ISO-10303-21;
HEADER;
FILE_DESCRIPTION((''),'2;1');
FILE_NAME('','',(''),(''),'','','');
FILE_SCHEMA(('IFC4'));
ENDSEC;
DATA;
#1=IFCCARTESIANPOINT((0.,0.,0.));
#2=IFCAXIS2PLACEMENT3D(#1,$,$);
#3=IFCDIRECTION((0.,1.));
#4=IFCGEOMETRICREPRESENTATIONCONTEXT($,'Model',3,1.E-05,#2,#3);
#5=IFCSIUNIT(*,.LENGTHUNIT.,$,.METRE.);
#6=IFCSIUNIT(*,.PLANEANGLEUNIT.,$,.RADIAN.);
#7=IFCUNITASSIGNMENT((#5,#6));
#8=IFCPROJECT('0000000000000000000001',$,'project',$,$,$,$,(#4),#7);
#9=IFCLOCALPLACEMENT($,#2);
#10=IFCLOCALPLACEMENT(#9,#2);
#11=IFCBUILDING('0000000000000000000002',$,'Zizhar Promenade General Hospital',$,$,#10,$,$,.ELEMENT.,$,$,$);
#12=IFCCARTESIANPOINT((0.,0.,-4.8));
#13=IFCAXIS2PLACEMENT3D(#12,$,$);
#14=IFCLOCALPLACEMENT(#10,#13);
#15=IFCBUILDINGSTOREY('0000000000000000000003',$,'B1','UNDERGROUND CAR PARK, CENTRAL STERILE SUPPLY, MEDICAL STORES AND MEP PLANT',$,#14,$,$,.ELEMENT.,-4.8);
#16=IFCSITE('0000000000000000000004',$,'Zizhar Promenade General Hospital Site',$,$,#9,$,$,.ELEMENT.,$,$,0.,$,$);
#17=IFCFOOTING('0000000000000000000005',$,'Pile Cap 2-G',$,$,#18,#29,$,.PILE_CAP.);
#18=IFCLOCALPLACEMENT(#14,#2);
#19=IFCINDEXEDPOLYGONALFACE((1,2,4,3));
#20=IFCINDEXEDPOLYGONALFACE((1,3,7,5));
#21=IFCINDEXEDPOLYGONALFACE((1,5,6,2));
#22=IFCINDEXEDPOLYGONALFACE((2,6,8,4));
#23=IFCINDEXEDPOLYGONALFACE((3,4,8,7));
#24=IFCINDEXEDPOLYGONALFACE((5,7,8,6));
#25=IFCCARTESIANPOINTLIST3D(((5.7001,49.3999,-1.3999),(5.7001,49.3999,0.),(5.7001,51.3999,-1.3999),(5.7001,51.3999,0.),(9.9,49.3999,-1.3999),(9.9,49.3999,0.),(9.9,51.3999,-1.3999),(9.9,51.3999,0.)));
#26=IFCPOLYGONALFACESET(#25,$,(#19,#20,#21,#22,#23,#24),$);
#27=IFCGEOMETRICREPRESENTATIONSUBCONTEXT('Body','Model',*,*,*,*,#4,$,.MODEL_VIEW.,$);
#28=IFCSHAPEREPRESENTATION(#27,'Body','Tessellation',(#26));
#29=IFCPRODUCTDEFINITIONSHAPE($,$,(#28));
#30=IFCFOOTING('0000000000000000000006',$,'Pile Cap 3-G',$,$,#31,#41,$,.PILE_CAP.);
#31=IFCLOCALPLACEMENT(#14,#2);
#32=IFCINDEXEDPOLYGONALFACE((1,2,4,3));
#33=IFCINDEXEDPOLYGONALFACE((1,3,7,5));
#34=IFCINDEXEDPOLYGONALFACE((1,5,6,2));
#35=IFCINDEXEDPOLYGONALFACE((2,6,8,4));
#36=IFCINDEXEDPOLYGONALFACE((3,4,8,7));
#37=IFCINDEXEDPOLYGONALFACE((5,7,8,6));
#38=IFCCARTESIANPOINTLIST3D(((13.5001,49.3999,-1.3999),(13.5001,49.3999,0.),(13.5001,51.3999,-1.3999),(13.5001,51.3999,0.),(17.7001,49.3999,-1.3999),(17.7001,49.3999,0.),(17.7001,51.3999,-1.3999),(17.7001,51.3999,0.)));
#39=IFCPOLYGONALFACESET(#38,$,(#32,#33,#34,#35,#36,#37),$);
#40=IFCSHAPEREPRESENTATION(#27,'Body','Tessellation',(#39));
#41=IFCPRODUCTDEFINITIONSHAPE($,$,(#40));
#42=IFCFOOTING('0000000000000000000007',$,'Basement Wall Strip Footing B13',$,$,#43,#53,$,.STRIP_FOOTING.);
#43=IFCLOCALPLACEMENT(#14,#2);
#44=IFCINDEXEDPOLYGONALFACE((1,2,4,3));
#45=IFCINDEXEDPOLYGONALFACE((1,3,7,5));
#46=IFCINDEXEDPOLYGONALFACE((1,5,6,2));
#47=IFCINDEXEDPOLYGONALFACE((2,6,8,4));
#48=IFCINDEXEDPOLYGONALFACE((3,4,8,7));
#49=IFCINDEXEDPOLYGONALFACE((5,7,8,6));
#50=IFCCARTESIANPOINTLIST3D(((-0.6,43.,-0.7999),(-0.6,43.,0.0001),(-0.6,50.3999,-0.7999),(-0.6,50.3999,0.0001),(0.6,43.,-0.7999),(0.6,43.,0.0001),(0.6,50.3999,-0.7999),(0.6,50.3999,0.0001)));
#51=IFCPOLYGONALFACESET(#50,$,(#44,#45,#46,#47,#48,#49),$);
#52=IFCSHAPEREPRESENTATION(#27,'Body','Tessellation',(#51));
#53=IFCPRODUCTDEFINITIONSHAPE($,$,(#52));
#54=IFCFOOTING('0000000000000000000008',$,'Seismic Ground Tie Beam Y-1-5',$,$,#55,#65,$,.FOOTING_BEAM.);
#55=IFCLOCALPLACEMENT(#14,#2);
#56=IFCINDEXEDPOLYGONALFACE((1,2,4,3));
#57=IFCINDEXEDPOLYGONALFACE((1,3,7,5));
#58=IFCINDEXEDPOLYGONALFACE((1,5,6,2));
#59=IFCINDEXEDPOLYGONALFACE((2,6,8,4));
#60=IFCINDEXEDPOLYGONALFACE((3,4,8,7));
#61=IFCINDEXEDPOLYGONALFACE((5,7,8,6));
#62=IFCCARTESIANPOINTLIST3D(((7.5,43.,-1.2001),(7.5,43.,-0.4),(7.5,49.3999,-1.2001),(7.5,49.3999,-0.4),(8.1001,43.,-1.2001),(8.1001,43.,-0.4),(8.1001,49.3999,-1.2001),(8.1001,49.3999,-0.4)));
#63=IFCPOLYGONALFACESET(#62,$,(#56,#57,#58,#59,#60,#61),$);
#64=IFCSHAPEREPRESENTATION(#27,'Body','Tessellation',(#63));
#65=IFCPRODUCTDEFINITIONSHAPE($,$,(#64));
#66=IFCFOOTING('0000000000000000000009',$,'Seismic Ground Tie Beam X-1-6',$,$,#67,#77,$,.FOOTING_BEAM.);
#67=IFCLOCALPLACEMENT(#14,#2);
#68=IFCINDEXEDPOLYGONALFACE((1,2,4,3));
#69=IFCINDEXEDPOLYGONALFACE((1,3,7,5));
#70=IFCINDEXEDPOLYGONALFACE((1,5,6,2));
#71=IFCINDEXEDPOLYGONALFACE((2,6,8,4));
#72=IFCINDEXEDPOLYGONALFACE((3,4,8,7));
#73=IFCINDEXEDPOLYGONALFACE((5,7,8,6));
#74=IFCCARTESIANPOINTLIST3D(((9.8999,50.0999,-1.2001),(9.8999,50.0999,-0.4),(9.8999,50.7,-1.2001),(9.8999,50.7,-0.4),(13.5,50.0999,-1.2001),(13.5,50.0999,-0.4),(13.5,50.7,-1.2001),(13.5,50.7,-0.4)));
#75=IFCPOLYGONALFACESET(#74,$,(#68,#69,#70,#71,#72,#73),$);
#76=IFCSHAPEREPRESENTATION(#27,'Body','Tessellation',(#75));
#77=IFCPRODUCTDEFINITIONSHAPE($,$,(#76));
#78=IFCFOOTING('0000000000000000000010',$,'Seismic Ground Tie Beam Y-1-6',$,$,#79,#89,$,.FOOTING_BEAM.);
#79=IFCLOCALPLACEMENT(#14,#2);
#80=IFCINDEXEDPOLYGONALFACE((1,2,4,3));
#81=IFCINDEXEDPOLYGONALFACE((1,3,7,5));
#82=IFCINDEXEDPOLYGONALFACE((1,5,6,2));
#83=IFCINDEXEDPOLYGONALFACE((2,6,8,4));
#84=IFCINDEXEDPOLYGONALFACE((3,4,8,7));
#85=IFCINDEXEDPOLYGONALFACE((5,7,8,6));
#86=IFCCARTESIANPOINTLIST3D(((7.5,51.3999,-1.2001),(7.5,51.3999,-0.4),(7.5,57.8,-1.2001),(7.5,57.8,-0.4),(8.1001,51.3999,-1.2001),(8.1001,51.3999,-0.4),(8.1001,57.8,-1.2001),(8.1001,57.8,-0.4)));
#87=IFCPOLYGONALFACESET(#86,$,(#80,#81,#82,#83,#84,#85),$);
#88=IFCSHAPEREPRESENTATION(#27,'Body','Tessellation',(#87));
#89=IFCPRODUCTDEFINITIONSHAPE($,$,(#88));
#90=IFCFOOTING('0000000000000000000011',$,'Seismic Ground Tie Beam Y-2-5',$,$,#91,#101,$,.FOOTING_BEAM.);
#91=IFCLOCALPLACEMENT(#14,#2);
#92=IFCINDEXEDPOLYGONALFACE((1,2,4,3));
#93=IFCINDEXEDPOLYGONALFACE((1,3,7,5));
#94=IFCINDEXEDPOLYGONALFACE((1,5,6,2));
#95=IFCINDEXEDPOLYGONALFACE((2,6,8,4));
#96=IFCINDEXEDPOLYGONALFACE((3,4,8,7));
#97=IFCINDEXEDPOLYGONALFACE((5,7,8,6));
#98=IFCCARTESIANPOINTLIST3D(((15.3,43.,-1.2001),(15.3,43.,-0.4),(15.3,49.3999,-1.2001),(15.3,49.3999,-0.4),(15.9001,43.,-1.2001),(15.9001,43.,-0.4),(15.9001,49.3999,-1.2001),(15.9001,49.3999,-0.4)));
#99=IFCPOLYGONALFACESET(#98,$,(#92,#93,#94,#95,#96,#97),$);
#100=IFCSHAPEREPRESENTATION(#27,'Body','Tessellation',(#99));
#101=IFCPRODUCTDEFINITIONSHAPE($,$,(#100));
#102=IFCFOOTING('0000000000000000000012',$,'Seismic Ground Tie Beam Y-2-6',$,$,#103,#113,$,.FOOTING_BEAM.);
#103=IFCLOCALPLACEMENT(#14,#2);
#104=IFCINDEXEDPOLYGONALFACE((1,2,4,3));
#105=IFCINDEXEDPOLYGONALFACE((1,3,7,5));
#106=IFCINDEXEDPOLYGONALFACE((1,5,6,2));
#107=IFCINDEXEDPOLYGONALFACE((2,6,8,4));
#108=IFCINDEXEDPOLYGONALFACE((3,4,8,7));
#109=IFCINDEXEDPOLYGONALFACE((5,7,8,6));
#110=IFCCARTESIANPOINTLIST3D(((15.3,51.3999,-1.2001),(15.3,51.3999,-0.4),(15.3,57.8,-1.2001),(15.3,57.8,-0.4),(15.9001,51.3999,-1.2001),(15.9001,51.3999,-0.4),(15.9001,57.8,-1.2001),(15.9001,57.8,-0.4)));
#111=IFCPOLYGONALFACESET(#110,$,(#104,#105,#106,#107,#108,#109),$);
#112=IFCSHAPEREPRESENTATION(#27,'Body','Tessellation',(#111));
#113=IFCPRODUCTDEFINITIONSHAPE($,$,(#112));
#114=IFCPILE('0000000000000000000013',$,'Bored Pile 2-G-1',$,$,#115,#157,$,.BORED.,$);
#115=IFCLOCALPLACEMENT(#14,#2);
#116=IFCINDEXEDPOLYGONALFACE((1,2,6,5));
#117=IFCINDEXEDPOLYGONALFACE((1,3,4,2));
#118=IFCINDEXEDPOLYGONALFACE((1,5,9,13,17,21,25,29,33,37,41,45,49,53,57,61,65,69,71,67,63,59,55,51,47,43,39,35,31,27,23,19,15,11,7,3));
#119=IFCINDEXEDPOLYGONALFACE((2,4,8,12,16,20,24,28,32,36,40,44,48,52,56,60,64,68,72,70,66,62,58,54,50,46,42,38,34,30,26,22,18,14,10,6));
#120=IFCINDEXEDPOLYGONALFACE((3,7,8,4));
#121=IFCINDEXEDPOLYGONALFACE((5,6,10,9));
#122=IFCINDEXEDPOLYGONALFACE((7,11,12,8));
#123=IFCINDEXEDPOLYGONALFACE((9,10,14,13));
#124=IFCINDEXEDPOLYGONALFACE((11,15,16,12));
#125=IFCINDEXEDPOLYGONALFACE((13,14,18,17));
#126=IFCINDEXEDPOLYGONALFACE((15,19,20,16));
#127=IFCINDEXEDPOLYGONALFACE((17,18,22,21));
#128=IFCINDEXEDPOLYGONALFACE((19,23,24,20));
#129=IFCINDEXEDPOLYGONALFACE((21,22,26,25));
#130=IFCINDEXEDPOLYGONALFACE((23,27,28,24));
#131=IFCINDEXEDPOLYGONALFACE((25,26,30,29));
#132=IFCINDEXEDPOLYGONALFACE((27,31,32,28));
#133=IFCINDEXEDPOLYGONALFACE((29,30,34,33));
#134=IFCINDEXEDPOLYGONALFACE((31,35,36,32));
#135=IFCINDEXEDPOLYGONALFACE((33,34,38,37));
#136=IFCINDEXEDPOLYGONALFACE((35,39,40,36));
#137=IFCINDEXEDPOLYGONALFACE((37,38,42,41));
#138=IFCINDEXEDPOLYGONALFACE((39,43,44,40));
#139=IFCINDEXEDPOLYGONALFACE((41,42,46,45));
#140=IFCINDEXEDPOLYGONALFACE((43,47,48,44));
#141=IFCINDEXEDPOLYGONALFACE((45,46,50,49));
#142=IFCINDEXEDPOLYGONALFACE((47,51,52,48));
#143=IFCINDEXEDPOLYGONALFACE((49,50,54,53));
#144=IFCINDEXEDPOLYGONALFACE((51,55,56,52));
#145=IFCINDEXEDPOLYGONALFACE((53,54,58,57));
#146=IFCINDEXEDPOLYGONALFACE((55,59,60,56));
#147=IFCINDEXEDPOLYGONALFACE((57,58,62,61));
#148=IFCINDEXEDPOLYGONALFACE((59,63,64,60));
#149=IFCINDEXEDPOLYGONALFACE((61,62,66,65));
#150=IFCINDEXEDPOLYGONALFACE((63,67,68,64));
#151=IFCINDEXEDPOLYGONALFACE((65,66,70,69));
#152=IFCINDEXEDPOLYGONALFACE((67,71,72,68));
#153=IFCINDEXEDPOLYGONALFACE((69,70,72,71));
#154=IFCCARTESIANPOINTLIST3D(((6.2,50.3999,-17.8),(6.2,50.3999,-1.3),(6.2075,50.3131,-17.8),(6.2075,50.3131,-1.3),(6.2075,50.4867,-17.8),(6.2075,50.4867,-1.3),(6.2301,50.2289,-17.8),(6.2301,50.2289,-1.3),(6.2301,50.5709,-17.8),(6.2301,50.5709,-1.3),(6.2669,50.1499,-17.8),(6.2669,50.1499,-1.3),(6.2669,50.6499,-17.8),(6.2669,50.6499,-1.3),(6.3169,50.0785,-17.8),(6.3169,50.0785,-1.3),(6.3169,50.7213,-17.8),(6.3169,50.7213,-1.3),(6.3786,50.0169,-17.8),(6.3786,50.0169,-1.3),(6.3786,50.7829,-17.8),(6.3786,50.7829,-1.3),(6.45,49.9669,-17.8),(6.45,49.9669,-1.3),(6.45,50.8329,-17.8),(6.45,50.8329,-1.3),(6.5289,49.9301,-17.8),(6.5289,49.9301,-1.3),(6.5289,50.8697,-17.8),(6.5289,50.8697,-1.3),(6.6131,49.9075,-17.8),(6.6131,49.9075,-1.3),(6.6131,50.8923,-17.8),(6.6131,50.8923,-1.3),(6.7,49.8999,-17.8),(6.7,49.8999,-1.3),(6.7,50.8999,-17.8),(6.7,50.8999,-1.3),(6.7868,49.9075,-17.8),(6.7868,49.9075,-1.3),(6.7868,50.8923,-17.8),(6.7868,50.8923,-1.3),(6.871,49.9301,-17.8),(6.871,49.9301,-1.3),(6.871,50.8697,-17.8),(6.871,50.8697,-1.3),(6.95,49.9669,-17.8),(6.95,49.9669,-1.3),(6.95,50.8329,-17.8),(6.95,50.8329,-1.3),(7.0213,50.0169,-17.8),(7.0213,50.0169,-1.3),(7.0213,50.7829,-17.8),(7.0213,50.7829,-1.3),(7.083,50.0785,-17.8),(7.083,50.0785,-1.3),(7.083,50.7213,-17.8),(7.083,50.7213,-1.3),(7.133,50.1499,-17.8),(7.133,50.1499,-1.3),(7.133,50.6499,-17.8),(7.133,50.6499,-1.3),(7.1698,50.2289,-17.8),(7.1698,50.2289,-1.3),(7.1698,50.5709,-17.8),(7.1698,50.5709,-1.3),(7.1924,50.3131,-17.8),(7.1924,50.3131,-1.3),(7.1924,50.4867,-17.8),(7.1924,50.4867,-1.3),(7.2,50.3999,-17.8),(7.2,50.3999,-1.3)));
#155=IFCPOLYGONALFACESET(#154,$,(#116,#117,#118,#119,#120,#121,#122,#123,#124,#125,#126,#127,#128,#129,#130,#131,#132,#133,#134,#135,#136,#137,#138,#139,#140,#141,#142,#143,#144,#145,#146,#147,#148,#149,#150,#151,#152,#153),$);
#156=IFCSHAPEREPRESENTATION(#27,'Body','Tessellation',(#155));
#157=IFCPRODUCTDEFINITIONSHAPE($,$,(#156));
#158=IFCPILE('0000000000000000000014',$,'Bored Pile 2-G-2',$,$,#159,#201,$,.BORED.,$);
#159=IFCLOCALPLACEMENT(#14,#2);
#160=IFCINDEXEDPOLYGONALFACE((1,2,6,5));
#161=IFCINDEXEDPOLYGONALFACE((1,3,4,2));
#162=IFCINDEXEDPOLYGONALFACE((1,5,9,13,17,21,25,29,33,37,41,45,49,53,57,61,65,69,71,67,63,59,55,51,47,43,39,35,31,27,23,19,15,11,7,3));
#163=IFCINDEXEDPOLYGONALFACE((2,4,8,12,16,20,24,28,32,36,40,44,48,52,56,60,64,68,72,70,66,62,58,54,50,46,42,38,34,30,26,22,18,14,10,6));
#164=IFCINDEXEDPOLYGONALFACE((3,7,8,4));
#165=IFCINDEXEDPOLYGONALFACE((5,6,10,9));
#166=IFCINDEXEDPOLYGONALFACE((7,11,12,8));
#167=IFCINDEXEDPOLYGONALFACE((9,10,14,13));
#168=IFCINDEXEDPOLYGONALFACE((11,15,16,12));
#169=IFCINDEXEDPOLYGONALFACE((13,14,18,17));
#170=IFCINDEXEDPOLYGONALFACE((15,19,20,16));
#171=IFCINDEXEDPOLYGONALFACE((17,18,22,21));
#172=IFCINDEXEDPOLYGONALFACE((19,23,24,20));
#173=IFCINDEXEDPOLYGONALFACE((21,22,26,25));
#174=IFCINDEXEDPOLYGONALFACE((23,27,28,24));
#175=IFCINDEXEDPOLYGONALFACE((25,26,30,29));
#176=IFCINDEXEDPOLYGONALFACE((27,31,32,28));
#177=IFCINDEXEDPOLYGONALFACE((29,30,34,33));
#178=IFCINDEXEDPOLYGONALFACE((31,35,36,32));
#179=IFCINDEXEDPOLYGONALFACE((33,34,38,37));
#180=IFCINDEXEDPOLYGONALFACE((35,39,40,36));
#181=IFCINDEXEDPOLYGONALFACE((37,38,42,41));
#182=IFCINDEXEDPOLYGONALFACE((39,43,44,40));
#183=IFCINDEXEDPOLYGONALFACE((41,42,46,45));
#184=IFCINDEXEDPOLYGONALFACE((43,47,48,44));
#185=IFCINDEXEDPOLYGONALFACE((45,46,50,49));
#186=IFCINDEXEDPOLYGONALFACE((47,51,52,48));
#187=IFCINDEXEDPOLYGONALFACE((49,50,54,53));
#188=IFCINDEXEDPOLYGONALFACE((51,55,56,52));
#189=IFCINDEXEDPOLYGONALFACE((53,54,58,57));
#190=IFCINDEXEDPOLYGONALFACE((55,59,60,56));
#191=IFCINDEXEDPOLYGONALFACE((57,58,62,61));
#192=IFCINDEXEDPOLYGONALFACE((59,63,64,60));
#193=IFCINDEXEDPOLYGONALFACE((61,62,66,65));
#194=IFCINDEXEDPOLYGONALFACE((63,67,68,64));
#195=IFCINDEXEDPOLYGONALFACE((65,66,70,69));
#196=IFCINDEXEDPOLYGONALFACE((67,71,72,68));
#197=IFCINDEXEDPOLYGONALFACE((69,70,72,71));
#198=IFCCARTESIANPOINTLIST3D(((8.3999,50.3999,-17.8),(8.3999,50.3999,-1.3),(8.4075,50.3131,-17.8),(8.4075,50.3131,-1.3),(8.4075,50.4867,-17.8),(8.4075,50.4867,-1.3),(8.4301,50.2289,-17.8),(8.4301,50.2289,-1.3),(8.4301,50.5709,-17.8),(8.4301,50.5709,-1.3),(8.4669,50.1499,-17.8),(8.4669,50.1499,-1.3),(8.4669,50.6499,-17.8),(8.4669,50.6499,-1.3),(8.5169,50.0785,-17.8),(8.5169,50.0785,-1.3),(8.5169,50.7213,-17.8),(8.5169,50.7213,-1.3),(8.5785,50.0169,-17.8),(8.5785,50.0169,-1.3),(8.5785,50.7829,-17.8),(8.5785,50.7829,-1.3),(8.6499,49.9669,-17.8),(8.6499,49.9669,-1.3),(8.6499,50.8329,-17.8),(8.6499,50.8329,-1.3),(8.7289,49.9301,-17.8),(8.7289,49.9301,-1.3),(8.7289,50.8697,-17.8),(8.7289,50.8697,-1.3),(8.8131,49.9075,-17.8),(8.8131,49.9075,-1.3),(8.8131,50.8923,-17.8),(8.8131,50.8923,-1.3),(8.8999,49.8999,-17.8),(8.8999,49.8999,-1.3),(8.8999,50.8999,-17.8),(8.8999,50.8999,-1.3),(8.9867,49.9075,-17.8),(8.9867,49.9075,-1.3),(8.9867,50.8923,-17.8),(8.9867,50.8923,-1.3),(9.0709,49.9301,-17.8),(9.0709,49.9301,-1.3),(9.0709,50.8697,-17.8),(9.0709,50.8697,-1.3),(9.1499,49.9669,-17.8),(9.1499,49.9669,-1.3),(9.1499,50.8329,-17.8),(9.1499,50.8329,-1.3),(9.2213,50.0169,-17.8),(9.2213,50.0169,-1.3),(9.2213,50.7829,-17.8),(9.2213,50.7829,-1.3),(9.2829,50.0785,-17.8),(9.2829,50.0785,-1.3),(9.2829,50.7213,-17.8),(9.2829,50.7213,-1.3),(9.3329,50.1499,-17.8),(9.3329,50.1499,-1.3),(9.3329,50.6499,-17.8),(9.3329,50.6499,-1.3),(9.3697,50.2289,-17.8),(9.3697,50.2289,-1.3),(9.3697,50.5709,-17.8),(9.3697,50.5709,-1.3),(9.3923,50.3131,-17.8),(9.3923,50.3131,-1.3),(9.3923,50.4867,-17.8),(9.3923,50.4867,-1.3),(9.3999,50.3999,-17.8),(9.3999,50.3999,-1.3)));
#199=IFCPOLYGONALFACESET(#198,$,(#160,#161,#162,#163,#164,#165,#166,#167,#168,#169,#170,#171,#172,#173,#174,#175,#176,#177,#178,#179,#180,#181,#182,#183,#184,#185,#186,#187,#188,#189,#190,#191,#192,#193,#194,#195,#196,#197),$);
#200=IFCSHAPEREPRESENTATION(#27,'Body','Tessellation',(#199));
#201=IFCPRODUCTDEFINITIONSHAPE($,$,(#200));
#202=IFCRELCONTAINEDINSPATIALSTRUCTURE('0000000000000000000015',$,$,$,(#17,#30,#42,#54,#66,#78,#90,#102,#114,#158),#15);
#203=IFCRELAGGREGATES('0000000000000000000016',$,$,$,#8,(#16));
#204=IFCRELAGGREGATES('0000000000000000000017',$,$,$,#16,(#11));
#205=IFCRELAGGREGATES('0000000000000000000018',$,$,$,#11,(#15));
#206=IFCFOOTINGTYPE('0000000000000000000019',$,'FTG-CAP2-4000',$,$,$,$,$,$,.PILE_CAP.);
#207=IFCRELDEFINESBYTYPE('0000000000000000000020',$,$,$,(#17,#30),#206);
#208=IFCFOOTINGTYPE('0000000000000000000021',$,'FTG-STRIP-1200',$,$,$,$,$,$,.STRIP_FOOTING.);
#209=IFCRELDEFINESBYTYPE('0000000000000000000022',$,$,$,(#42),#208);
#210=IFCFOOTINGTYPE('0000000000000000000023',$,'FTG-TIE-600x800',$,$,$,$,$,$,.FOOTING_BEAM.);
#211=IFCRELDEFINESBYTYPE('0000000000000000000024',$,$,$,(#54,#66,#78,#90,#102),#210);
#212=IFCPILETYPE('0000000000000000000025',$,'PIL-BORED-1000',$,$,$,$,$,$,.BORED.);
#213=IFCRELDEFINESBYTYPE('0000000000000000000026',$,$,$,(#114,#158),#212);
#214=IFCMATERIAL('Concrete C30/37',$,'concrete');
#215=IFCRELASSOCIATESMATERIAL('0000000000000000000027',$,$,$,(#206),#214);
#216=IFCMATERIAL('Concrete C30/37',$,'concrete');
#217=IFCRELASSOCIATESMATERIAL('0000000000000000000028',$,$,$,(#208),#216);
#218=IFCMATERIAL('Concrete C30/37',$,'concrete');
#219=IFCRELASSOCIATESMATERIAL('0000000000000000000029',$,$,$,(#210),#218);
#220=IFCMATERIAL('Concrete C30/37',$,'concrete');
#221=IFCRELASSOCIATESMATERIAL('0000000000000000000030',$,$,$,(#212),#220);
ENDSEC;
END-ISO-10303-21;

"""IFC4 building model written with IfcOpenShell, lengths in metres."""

from ifc_helpers import new_model, si_unit, direction, frame, origin, origin_2d, place, context, subcontext, project, spatial, rectangle, circle, extrude, material, material_profile, profile_set, type_object, element, save


model = new_model("IFC4")

# Units and contexts
model_context = context("Model", 3, precision=1e-05, world=origin(), true_north=direction((0.0, 1.0)))
body_context = subcontext(model_context, "Body", "Model", "MODEL_VIEW")
ifc_project = project(units=[si_unit("LENGTHUNIT", "METRE"), si_unit("PLANEANGLEUNIT", "RADIAN")], contexts=[model_context])

# Site, building, storey
site_placement = place(None, origin())
site = spatial("IfcSite", under=ifc_project, at=site_placement, Name="Zizhar Promenade General Hospital Site", CompositionType="ELEMENT", RefElevation=0.0)
building_placement = place(site_placement, origin())
building = spatial("IfcBuilding", under=site, at=building_placement, Name="Zizhar Promenade General Hospital", CompositionType="ELEMENT")
storey_placement = place(building_placement, frame((0.0, 0.0, -4.8)))
storey = spatial("IfcBuildingStorey", under=building, at=storey_placement, Name="B1", Description="UNDERGROUND CAR PARK, CENTRAL STERILE SUPPLY, MEDICAL STORES AND MEP PLANT", CompositionType="ELEMENT", Elevation=-4.8)

# Footings
ifc_material_1 = material(Name="Concrete C30/37", Category="concrete")
footing_type_1 = type_object("IfcFootingType", Name="FTG-CAP2-4000", PredefinedType="PILE_CAP", material=ifc_material_1)
for number, where, z_axis, x_axis, name in (
    (1, (7.8, 50.3999, -1.3999), (0.0, 0.0, 1.0), (1.0, 0.0, 0.0), "Pile Cap 2-G"),
    (2, (15.6001, 50.3999, -1.3999), (0.0, 0.0, 1.0), (1.0, 0.0, 0.0), "Pile Cap 3-G"),
):
    element("IfcFooting", number, at=place(storey_placement, frame(where, z_axis=z_axis, x_axis=x_axis)), inside=storey, type_object=footing_type_1, Name=name, PredefinedType="PILE_CAP", context=body_context, shape_type="SweptSolid", body=[
        extrude(rectangle(XDim=4.2, YDim=2.0, at=origin_2d()), origin(), (0.0, 0.0, 1.0), 1.3999),
    ])
ifc_material_2 = material(Name="Concrete C30/37", Category="concrete")
ifc_material_profile_1 = material_profile(ifc_material_2, rectangle(XDim=1.2, YDim=0.8, at=origin_2d()))
ifc_profile_set_1 = profile_set([ifc_material_profile_1], Name="Concrete C30/37")
footing_type_2 = type_object("IfcFootingType", Name="FTG-STRIP-1200", PredefinedType="STRIP_FOOTING", material=ifc_profile_set_1)
footing_1_placement = place(storey_placement, frame((0.0, 50.3999, -0.3999), z_axis=(0.0, -1.0, 0.0), x_axis=(1.0, 0.0, 0.0)))
element("IfcFooting", 3, at=footing_1_placement, inside=storey, type_object=footing_type_2, Name="Basement Wall Strip Footing B13", PredefinedType="STRIP_FOOTING", context=body_context, shape_type="SweptSolid", body=[
    extrude(rectangle(XDim=1.2, YDim=0.8, at=origin_2d()), origin(), (0.0, 0.0, 1.0), 7.3999),
])
ifc_material_3 = material(Name="Concrete C30/37", Category="concrete")
ifc_material_profile_2 = material_profile(ifc_material_3, rectangle(XDim=0.6001, YDim=0.8, at=origin_2d()))
ifc_profile_set_2 = profile_set([ifc_material_profile_2], Name="Concrete C30/37")
footing_type_3 = type_object("IfcFootingType", Name="FTG-TIE-600x800", PredefinedType="FOOTING_BEAM", material=ifc_profile_set_2)
footing_2_placement = place(storey_placement, frame((7.8, 43.0, -0.8), z_axis=(0.0, 1.0, 0.0), x_axis=(-1.0, 0.0, 0.0)))
element("IfcFooting", 4, at=footing_2_placement, inside=storey, type_object=footing_type_3, Name="Seismic Ground Tie Beam Y-1-5", PredefinedType="FOOTING_BEAM", context=body_context, shape_type="SweptSolid", body=[
    extrude(rectangle(XDim=0.6001, YDim=0.8, at=origin_2d()), origin(), (0.0, 0.0, 1.0), 6.3999),
])
footing_3_placement = place(storey_placement, frame((9.8999, 50.3999, -0.8), z_axis=(1.0, 0.0, 0.0), x_axis=(0.0, 1.0, 0.0)))
element("IfcFooting", 5, at=footing_3_placement, inside=storey, type_object=footing_type_3, Name="Seismic Ground Tie Beam X-1-6", PredefinedType="FOOTING_BEAM", context=body_context, shape_type="SweptSolid", body=[
    extrude(rectangle(XDim=0.6001, YDim=0.8, at=origin_2d()), origin(), (0.0, 0.0, 1.0), 3.6001),
])
footing_4_placement = place(storey_placement, frame((7.8, 51.3999, -0.8), z_axis=(0.0, 1.0, 0.0), x_axis=(-1.0, 0.0, 0.0)))
element("IfcFooting", 6, at=footing_4_placement, inside=storey, type_object=footing_type_3, Name="Seismic Ground Tie Beam Y-1-6", PredefinedType="FOOTING_BEAM", context=body_context, shape_type="SweptSolid", body=[
    extrude(rectangle(XDim=0.6001, YDim=0.8, at=origin_2d()), origin(), (0.0, 0.0, 1.0), 6.4001),
])
footing_5_placement = place(storey_placement, frame((15.6001, 43.0, -0.8), z_axis=(0.0, 1.0, 0.0), x_axis=(-1.0, 0.0, 0.0)))
element("IfcFooting", 7, at=footing_5_placement, inside=storey, type_object=footing_type_3, Name="Seismic Ground Tie Beam Y-2-5", PredefinedType="FOOTING_BEAM", context=body_context, shape_type="SweptSolid", body=[
    extrude(rectangle(XDim=0.6001, YDim=0.8, at=origin_2d()), origin(), (0.0, 0.0, 1.0), 6.3999),
])
footing_6_placement = place(storey_placement, frame((15.6001, 51.3999, -0.8), z_axis=(0.0, 1.0, 0.0), x_axis=(-1.0, 0.0, 0.0)))
element("IfcFooting", 8, at=footing_6_placement, inside=storey, type_object=footing_type_3, Name="Seismic Ground Tie Beam Y-2-6", PredefinedType="FOOTING_BEAM", context=body_context, shape_type="SweptSolid", body=[
    extrude(rectangle(XDim=0.6001, YDim=0.8, at=origin_2d()), origin(), (0.0, 0.0, 1.0), 6.4001),
])

# Piles
ifc_material_4 = material(Name="Concrete C30/37", Category="concrete")
ifc_material_profile_3 = material_profile(ifc_material_4, circle(Radius=0.5, at=origin_2d()))
ifc_profile_set_3 = profile_set([ifc_material_profile_3], Name="Concrete C30/37")
pile_type = type_object("IfcPileType", Name="PIL-BORED-1000", PredefinedType="BORED", material=ifc_profile_set_3)
for number, where, z_axis, x_axis, name in (
    (9, (6.7, 50.3999, -1.3), (0.0, 0.0, -1.0), (1.0, 0.0, 0.0), "Bored Pile 2-G-1"),
    (10, (8.8999, 50.3999, -1.3), (0.0, 0.0, -1.0), (1.0, 0.0, 0.0), "Bored Pile 2-G-2"),
):
    element("IfcPile", number, at=place(storey_placement, frame(where, z_axis=z_axis, x_axis=x_axis)), inside=storey, type_object=pile_type, Name=name, PredefinedType="BORED", context=body_context, shape_type="SweptSolid", body=[
        extrude(circle(Radius=0.5, at=origin_2d()), origin(), (0.0, 0.0, 1.0), 16.5),
    ])

save(model, "model.ifc")
